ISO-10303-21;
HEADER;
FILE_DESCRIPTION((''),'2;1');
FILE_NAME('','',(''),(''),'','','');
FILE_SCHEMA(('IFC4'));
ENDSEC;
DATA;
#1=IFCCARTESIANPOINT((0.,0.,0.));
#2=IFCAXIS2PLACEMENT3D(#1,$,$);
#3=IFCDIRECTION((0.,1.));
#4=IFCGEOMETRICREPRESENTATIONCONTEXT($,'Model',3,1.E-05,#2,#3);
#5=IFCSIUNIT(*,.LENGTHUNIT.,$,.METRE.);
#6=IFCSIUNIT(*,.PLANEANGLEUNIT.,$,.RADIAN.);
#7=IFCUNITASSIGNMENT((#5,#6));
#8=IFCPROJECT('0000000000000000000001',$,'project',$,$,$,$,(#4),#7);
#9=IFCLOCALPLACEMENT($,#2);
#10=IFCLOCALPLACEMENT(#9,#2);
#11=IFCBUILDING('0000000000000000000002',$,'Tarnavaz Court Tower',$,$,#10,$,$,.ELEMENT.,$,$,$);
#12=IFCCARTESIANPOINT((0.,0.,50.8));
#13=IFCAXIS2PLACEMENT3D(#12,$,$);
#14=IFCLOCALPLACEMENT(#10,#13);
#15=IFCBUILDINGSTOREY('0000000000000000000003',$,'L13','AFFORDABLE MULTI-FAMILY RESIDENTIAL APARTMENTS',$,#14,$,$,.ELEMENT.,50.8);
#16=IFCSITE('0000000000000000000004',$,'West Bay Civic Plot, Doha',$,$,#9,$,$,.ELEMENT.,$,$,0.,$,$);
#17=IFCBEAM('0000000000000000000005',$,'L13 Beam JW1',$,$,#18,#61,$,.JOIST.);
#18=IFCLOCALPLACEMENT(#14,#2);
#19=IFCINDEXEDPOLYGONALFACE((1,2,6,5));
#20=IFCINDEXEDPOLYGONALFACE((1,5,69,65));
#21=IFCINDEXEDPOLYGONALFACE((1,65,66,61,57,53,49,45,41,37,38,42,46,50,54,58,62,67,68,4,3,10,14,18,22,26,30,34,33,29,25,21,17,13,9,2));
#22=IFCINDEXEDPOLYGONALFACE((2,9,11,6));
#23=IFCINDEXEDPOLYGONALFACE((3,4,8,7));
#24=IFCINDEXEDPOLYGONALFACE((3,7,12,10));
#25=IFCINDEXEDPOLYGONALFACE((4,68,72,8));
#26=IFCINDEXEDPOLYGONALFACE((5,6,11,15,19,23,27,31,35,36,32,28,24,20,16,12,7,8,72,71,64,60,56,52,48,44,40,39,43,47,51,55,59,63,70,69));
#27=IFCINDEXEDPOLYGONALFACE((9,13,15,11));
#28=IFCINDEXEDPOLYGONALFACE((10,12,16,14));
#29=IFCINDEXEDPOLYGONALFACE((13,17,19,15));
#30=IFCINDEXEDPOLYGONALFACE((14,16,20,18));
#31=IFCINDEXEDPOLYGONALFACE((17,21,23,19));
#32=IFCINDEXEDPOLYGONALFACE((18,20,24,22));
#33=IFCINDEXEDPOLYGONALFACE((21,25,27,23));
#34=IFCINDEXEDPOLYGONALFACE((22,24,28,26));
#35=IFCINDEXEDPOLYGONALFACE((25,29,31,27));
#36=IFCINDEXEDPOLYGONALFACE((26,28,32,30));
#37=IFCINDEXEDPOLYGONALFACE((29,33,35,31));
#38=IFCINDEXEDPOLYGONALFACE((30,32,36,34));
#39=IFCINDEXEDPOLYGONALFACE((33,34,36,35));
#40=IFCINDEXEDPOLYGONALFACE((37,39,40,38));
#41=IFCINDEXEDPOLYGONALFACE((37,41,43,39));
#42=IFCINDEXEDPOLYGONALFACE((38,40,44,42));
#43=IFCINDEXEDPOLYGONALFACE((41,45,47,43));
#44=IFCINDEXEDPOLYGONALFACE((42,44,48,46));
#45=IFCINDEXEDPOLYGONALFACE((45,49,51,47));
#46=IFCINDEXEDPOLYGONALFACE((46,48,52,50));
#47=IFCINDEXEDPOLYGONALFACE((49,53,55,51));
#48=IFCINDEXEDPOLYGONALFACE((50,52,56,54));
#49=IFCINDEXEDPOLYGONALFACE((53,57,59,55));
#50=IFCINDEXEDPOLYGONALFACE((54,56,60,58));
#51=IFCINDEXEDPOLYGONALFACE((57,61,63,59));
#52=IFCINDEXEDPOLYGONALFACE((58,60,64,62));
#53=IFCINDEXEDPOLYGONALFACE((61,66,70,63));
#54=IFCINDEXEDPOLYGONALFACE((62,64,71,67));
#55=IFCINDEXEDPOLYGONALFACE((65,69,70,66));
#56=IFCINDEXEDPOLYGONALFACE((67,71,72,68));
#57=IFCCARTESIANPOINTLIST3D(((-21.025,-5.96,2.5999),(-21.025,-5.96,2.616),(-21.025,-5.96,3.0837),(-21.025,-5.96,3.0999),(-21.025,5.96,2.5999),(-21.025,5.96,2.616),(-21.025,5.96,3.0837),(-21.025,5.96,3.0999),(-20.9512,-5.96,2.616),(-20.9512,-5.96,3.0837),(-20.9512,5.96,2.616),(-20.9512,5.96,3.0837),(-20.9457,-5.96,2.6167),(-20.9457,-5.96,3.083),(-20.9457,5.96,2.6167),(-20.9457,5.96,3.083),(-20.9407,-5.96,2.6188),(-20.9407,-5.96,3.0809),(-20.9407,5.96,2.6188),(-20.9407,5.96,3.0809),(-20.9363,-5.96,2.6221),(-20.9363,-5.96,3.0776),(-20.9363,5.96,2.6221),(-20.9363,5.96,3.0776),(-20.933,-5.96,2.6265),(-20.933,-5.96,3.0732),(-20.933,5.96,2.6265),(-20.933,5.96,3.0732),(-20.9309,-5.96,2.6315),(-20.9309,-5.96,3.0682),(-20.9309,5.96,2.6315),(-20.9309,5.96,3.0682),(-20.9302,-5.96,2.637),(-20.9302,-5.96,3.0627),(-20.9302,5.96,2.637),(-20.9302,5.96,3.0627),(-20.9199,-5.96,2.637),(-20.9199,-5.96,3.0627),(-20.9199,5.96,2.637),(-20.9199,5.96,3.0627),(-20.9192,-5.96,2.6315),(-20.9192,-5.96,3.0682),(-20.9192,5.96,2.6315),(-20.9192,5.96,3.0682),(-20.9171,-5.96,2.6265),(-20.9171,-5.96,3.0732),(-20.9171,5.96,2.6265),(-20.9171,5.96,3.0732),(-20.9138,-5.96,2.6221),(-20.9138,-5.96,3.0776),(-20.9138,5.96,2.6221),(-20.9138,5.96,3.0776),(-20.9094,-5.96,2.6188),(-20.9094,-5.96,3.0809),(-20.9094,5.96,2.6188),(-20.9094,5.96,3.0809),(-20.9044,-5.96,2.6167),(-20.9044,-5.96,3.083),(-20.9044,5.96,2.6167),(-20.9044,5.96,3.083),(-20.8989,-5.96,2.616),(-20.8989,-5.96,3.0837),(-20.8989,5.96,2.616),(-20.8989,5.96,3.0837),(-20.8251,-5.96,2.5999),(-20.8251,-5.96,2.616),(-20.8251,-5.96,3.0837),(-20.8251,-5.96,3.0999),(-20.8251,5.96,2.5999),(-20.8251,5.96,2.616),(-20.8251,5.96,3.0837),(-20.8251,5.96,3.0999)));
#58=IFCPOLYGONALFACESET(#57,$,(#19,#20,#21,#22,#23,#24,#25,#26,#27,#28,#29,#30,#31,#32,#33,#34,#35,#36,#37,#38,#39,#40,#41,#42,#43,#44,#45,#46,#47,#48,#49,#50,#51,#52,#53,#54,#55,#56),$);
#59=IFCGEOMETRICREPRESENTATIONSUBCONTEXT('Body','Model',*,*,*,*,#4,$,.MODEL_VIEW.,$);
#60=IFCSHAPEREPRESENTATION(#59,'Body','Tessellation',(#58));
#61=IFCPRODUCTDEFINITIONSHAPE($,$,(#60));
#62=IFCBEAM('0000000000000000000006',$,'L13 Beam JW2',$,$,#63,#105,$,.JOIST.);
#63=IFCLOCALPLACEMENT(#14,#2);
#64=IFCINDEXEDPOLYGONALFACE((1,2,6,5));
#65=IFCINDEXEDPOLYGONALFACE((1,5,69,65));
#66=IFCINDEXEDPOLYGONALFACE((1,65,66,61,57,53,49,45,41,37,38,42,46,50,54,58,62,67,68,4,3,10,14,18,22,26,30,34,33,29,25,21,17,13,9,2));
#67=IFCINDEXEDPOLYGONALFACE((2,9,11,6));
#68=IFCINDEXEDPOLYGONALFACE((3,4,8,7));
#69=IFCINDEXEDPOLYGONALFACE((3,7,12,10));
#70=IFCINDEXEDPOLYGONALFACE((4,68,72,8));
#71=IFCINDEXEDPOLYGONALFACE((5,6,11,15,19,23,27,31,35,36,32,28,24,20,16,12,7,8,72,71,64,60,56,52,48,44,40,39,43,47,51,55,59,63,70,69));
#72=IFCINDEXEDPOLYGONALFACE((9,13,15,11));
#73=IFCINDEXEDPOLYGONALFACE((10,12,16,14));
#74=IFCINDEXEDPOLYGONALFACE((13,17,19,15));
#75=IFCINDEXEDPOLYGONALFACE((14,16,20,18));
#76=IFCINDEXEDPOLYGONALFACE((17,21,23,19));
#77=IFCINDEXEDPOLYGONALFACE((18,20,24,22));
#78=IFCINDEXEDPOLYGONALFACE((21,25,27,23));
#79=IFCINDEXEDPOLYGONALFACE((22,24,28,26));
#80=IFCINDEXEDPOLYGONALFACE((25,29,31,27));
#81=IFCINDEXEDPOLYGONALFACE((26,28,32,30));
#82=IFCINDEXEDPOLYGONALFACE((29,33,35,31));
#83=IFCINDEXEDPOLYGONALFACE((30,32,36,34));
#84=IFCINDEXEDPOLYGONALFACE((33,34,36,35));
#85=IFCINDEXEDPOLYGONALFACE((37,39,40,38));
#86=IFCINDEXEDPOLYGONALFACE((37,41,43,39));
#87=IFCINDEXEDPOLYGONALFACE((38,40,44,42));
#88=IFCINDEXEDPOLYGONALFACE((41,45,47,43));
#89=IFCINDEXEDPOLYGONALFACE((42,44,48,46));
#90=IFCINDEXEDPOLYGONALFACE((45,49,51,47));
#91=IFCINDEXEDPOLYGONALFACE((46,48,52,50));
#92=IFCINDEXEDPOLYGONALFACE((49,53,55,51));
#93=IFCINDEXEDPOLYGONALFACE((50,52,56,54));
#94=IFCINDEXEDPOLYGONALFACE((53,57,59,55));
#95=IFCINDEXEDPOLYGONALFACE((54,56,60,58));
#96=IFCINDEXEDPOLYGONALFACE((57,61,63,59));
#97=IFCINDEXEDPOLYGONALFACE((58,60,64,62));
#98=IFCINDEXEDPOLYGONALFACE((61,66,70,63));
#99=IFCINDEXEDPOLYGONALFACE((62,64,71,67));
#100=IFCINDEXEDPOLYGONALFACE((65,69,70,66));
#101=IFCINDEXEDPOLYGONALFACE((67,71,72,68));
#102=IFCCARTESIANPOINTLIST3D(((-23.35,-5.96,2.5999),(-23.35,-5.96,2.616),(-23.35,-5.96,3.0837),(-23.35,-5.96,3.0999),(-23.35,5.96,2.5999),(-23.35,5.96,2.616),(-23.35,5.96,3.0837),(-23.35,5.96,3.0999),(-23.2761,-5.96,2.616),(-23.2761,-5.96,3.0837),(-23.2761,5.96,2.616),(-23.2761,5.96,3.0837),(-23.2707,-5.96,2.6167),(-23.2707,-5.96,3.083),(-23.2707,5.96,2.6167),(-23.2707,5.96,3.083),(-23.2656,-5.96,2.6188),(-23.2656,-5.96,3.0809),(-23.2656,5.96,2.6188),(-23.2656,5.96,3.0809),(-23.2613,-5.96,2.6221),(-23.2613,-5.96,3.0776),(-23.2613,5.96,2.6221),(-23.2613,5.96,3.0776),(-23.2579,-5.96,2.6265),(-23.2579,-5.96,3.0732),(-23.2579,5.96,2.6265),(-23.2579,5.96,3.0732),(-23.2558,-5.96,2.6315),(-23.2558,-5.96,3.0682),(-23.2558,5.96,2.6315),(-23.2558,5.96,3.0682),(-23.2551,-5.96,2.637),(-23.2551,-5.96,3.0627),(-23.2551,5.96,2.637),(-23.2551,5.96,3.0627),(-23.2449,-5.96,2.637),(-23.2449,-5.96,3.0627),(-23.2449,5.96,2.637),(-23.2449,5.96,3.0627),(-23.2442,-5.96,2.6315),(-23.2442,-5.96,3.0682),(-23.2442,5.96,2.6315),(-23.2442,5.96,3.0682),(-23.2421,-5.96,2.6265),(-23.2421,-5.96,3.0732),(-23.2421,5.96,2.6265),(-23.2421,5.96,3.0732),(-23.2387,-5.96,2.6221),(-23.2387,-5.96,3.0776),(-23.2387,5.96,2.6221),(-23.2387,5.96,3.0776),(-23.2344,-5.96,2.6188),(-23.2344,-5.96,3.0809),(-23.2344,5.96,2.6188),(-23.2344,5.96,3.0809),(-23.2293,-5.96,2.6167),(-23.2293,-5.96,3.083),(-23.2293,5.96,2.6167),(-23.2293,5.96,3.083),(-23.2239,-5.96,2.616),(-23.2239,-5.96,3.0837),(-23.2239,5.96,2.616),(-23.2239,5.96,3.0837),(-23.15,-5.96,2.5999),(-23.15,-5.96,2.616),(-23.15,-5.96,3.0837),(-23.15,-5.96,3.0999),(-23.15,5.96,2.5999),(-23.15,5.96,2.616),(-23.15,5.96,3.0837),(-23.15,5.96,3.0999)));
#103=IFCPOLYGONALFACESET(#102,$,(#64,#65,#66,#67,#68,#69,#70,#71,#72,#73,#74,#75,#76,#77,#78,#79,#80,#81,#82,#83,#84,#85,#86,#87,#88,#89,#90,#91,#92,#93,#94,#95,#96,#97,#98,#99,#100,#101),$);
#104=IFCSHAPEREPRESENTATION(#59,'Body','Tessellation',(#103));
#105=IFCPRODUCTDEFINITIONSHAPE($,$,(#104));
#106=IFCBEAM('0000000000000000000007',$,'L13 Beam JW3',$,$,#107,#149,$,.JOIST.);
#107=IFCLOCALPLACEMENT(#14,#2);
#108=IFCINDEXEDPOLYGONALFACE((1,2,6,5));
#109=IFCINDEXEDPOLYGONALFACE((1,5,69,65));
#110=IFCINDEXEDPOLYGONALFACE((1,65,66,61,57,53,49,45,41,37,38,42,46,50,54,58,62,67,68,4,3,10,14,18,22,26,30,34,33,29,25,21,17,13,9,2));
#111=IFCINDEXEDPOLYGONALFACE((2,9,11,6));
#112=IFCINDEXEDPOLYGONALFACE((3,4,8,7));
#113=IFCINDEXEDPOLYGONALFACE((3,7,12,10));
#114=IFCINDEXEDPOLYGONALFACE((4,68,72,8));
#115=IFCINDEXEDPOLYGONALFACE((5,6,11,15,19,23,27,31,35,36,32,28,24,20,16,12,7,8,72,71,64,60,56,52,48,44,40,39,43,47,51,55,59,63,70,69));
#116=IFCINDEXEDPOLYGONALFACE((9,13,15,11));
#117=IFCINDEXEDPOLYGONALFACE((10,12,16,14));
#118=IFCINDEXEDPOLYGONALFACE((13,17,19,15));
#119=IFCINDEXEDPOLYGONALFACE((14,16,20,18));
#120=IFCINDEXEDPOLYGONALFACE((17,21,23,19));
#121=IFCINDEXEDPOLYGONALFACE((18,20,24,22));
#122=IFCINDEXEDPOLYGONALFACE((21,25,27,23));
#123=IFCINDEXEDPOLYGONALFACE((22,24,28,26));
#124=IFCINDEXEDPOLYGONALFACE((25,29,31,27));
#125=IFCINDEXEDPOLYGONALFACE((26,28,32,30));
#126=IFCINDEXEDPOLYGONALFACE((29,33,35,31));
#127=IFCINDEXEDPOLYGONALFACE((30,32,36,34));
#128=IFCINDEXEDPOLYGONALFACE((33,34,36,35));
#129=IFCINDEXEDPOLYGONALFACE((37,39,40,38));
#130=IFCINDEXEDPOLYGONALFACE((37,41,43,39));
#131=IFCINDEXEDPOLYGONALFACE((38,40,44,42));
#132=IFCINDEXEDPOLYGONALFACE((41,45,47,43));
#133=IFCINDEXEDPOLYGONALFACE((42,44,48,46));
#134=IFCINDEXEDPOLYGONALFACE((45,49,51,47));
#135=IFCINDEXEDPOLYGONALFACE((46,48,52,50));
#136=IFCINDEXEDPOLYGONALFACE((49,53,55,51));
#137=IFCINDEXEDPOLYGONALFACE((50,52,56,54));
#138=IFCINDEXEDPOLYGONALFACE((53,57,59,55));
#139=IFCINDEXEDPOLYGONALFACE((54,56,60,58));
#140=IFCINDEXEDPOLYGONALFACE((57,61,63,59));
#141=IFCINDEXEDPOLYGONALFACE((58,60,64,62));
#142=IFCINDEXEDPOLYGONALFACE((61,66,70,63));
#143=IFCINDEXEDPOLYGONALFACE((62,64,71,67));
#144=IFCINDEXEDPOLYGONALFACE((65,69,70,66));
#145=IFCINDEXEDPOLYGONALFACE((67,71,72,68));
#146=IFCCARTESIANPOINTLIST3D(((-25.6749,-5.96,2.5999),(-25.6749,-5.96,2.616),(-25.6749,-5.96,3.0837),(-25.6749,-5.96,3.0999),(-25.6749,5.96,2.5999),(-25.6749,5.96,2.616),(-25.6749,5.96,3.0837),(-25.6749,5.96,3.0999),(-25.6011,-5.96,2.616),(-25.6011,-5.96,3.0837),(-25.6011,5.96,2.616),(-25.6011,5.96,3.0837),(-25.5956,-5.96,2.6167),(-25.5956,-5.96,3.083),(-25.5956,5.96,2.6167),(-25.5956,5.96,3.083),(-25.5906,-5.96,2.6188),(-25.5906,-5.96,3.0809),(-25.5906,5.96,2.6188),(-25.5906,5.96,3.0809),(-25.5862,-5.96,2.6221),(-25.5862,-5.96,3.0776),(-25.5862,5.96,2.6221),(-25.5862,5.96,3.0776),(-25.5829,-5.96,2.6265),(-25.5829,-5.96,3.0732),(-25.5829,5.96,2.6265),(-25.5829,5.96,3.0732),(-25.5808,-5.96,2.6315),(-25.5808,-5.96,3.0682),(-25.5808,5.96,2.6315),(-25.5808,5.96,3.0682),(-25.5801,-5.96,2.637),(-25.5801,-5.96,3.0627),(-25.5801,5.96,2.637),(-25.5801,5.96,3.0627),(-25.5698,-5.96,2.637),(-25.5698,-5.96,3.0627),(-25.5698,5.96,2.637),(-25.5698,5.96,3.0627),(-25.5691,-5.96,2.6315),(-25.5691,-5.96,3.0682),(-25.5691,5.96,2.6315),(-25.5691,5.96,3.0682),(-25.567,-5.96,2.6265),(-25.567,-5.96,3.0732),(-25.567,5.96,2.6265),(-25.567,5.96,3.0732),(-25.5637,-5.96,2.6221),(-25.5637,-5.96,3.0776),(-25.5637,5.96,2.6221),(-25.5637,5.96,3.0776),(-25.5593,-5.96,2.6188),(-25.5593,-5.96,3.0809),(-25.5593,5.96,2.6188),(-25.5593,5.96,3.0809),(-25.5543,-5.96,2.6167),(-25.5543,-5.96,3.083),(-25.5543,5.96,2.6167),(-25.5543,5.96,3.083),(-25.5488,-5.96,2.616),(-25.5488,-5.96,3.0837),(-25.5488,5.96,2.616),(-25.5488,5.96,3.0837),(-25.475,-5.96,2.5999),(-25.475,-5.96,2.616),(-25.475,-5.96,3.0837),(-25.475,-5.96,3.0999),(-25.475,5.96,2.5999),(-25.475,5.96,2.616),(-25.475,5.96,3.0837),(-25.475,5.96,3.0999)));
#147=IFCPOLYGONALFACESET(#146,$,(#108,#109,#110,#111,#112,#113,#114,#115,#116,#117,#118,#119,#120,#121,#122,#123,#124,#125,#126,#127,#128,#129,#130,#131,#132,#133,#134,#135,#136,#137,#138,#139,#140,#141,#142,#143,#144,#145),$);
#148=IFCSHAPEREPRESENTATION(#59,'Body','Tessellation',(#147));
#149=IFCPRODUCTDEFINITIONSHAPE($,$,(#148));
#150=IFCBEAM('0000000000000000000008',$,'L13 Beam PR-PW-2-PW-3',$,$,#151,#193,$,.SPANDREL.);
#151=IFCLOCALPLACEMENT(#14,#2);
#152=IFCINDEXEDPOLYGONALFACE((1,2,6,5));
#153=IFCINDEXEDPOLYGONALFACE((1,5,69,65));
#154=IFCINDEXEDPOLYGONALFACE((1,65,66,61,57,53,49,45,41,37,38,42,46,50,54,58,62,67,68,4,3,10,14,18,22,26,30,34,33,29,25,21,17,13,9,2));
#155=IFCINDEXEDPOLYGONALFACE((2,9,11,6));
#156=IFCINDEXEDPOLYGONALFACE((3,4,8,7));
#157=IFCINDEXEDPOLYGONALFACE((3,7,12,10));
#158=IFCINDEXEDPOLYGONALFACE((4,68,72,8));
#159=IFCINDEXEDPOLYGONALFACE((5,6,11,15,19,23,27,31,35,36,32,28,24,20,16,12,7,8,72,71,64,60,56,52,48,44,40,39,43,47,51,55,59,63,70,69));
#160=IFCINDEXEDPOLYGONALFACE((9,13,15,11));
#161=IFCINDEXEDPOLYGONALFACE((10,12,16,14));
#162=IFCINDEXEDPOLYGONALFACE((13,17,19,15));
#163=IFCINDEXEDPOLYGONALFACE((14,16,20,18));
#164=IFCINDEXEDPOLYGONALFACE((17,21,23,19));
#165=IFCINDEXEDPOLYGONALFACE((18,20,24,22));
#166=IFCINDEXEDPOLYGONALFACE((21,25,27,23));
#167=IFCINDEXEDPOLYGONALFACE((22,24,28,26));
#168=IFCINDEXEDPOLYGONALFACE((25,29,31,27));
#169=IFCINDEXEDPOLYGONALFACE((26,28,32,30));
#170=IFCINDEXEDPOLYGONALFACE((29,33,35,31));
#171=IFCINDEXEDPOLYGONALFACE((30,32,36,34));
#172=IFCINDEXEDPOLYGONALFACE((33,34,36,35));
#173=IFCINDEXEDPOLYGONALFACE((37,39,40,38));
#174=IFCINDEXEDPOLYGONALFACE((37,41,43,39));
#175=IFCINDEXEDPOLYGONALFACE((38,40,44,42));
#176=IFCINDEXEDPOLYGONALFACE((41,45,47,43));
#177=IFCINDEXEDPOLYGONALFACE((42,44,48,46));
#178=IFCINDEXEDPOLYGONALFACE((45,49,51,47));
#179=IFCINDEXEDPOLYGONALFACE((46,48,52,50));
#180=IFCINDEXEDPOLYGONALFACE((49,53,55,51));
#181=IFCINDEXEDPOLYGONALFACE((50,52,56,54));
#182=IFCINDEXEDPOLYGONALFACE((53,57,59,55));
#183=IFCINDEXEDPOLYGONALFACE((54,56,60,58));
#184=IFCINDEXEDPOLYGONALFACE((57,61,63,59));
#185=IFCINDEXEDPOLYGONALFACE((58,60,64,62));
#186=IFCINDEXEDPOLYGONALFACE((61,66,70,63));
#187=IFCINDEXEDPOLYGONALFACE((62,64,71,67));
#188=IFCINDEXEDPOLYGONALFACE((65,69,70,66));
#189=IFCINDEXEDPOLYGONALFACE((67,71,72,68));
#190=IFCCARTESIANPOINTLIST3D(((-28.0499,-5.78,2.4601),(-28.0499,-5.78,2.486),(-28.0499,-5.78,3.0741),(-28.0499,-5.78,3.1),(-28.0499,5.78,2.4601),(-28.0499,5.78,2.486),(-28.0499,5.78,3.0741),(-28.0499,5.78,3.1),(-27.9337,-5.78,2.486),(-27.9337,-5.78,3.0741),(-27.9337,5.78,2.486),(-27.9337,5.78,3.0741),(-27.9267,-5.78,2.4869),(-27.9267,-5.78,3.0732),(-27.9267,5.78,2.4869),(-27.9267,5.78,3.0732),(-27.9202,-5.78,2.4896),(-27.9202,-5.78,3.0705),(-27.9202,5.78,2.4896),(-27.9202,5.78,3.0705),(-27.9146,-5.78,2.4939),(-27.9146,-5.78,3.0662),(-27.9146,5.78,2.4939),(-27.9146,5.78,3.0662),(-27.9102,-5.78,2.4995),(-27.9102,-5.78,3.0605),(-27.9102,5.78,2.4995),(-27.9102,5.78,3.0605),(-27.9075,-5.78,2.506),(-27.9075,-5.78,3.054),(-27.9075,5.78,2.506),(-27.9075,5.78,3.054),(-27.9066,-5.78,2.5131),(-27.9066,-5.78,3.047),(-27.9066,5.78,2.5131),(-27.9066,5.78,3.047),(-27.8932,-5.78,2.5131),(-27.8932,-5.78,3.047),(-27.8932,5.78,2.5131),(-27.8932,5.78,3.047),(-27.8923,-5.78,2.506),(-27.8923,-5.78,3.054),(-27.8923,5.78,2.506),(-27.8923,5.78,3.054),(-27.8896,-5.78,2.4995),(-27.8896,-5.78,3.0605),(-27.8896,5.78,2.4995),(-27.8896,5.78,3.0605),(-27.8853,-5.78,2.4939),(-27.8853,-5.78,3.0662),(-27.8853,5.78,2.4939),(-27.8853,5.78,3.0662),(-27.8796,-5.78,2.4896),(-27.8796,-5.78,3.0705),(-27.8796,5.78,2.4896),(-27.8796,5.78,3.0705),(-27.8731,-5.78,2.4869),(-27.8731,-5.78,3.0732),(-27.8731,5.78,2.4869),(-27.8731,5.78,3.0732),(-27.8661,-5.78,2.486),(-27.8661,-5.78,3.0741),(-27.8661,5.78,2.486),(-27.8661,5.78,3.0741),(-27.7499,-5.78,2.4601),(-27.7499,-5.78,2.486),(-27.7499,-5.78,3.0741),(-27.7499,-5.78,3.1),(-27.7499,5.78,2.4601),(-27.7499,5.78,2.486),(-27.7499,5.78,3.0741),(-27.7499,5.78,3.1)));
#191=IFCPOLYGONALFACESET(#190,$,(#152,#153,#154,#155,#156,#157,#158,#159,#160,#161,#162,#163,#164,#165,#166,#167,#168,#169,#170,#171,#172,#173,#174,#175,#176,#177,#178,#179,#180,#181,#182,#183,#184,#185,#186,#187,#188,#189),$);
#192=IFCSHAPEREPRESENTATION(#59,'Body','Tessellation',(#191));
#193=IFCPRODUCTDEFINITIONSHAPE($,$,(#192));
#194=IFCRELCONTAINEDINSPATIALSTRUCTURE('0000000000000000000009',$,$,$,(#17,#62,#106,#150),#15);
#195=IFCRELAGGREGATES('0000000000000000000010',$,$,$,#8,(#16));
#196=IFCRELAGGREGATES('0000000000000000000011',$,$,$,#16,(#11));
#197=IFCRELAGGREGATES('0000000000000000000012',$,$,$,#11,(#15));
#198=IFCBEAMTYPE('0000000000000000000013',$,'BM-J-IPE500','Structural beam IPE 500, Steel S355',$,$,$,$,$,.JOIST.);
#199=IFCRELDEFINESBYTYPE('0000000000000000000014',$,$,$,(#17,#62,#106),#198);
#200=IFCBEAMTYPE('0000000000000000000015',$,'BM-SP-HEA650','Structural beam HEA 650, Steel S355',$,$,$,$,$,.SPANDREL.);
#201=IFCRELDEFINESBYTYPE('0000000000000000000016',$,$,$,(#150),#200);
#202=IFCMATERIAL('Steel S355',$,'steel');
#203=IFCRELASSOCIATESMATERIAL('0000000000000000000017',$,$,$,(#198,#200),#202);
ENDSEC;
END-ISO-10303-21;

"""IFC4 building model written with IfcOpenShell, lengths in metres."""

from ifc_helpers import new_model, si_unit, direction, frame, origin, origin_2d, place, context, subcontext, project, spatial, i_section, extrude, material, material_profile, profile_set, type_object, element, save


model = new_model("IFC4")

# Units and contexts
model_context = context("Model", 3, precision=1e-05, world=origin(), true_north=direction((0.0, 1.0)))
body_context = subcontext(model_context, "Body", "Model", "MODEL_VIEW")
ifc_project = project(units=[si_unit("LENGTHUNIT", "METRE"), si_unit("PLANEANGLEUNIT", "RADIAN")], contexts=[model_context])

# Site, building, storey
site_placement = place(None, origin())
site = spatial("IfcSite", under=ifc_project, at=site_placement, Name="West Bay Civic Plot, Doha", CompositionType="ELEMENT", RefElevation=0.0)
building_placement = place(site_placement, origin())
building = spatial("IfcBuilding", under=site, at=building_placement, Name="Tarnavaz Court Tower", CompositionType="ELEMENT")
storey_placement = place(building_placement, frame((0.0, 0.0, 50.8)))
storey = spatial("IfcBuildingStorey", under=building, at=storey_placement, Name="L13", Description="AFFORDABLE MULTI-FAMILY RESIDENTIAL APARTMENTS", CompositionType="ELEMENT", Elevation=50.8)

# Beams
ifc_material_1 = material(Name="Steel S355", Category="steel")
ifc_material_profile_1 = material_profile(ifc_material_1, i_section(OverallWidth=0.2, OverallDepth=0.5, WebThickness=0.0103, FlangeThickness=0.0161, FilletRadius=0.021, at=origin_2d()), Name="IPE 500")
ifc_profile_set_1 = profile_set([ifc_material_profile_1], Name="Steel S355")
beam_type_1 = type_object("IfcBeamType", Name="BM-J-IPE500", Description="Structural beam IPE 500, Steel S355", PredefinedType="JOIST", material=ifc_profile_set_1)
for number, where, z_axis, x_axis, name in (
    (1, (-20.925, -5.96, 2.8499), (0.0, 1.0, 0.0), (-1.0, 0.0, 0.0), "L13 Beam JW1"),
    (2, (-23.25, -5.96, 2.8499), (0.0, 1.0, 0.0), (-1.0, 0.0, 0.0), "L13 Beam JW2"),
    (3, (-25.575, -5.96, 2.8499), (0.0, 1.0, 0.0), (-1.0, 0.0, 0.0), "L13 Beam JW3"),
):
    element("IfcBeam", number, at=place(storey_placement, frame(where, z_axis=z_axis, x_axis=x_axis)), inside=storey, type_object=beam_type_1, Name=name, PredefinedType="JOIST", context=body_context, shape_type="SweptSolid", body=[
        extrude(i_section(OverallWidth=0.2, OverallDepth=0.5, WebThickness=0.0103, FlangeThickness=0.0161, FilletRadius=0.021, at=origin_2d()), origin(), (0.0, 0.0, 1.0), 11.9199),
    ])
ifc_material_profile_2 = material_profile(ifc_material_1, i_section(OverallWidth=0.3, OverallDepth=0.6399, WebThickness=0.0134, FlangeThickness=0.0259, FilletRadius=0.0271, at=origin_2d()), Name="HEA 650")
ifc_profile_set_2 = profile_set([ifc_material_profile_2], Name="Steel S355")
beam_type_2 = type_object("IfcBeamType", Name="BM-SP-HEA650", Description="Structural beam HEA 650, Steel S355", PredefinedType="SPANDREL", material=ifc_profile_set_2)
beam_1_placement = place(storey_placement, frame((-27.8999, -5.78, 2.78), z_axis=(0.0, 1.0, 0.0), x_axis=(-1.0, 0.0, 0.0)))
element("IfcBeam", 4, at=beam_1_placement, inside=storey, type_object=beam_type_2, Name="L13 Beam PR-PW-2-PW-3", PredefinedType="SPANDREL", context=body_context, shape_type="SweptSolid", body=[
    extrude(i_section(OverallWidth=0.3, OverallDepth=0.6399, WebThickness=0.0134, FlangeThickness=0.0259, FilletRadius=0.0271, at=origin_2d()), origin(), (0.0, 0.0, 1.0), 11.5601),
])

save(model, "model.ifc")
